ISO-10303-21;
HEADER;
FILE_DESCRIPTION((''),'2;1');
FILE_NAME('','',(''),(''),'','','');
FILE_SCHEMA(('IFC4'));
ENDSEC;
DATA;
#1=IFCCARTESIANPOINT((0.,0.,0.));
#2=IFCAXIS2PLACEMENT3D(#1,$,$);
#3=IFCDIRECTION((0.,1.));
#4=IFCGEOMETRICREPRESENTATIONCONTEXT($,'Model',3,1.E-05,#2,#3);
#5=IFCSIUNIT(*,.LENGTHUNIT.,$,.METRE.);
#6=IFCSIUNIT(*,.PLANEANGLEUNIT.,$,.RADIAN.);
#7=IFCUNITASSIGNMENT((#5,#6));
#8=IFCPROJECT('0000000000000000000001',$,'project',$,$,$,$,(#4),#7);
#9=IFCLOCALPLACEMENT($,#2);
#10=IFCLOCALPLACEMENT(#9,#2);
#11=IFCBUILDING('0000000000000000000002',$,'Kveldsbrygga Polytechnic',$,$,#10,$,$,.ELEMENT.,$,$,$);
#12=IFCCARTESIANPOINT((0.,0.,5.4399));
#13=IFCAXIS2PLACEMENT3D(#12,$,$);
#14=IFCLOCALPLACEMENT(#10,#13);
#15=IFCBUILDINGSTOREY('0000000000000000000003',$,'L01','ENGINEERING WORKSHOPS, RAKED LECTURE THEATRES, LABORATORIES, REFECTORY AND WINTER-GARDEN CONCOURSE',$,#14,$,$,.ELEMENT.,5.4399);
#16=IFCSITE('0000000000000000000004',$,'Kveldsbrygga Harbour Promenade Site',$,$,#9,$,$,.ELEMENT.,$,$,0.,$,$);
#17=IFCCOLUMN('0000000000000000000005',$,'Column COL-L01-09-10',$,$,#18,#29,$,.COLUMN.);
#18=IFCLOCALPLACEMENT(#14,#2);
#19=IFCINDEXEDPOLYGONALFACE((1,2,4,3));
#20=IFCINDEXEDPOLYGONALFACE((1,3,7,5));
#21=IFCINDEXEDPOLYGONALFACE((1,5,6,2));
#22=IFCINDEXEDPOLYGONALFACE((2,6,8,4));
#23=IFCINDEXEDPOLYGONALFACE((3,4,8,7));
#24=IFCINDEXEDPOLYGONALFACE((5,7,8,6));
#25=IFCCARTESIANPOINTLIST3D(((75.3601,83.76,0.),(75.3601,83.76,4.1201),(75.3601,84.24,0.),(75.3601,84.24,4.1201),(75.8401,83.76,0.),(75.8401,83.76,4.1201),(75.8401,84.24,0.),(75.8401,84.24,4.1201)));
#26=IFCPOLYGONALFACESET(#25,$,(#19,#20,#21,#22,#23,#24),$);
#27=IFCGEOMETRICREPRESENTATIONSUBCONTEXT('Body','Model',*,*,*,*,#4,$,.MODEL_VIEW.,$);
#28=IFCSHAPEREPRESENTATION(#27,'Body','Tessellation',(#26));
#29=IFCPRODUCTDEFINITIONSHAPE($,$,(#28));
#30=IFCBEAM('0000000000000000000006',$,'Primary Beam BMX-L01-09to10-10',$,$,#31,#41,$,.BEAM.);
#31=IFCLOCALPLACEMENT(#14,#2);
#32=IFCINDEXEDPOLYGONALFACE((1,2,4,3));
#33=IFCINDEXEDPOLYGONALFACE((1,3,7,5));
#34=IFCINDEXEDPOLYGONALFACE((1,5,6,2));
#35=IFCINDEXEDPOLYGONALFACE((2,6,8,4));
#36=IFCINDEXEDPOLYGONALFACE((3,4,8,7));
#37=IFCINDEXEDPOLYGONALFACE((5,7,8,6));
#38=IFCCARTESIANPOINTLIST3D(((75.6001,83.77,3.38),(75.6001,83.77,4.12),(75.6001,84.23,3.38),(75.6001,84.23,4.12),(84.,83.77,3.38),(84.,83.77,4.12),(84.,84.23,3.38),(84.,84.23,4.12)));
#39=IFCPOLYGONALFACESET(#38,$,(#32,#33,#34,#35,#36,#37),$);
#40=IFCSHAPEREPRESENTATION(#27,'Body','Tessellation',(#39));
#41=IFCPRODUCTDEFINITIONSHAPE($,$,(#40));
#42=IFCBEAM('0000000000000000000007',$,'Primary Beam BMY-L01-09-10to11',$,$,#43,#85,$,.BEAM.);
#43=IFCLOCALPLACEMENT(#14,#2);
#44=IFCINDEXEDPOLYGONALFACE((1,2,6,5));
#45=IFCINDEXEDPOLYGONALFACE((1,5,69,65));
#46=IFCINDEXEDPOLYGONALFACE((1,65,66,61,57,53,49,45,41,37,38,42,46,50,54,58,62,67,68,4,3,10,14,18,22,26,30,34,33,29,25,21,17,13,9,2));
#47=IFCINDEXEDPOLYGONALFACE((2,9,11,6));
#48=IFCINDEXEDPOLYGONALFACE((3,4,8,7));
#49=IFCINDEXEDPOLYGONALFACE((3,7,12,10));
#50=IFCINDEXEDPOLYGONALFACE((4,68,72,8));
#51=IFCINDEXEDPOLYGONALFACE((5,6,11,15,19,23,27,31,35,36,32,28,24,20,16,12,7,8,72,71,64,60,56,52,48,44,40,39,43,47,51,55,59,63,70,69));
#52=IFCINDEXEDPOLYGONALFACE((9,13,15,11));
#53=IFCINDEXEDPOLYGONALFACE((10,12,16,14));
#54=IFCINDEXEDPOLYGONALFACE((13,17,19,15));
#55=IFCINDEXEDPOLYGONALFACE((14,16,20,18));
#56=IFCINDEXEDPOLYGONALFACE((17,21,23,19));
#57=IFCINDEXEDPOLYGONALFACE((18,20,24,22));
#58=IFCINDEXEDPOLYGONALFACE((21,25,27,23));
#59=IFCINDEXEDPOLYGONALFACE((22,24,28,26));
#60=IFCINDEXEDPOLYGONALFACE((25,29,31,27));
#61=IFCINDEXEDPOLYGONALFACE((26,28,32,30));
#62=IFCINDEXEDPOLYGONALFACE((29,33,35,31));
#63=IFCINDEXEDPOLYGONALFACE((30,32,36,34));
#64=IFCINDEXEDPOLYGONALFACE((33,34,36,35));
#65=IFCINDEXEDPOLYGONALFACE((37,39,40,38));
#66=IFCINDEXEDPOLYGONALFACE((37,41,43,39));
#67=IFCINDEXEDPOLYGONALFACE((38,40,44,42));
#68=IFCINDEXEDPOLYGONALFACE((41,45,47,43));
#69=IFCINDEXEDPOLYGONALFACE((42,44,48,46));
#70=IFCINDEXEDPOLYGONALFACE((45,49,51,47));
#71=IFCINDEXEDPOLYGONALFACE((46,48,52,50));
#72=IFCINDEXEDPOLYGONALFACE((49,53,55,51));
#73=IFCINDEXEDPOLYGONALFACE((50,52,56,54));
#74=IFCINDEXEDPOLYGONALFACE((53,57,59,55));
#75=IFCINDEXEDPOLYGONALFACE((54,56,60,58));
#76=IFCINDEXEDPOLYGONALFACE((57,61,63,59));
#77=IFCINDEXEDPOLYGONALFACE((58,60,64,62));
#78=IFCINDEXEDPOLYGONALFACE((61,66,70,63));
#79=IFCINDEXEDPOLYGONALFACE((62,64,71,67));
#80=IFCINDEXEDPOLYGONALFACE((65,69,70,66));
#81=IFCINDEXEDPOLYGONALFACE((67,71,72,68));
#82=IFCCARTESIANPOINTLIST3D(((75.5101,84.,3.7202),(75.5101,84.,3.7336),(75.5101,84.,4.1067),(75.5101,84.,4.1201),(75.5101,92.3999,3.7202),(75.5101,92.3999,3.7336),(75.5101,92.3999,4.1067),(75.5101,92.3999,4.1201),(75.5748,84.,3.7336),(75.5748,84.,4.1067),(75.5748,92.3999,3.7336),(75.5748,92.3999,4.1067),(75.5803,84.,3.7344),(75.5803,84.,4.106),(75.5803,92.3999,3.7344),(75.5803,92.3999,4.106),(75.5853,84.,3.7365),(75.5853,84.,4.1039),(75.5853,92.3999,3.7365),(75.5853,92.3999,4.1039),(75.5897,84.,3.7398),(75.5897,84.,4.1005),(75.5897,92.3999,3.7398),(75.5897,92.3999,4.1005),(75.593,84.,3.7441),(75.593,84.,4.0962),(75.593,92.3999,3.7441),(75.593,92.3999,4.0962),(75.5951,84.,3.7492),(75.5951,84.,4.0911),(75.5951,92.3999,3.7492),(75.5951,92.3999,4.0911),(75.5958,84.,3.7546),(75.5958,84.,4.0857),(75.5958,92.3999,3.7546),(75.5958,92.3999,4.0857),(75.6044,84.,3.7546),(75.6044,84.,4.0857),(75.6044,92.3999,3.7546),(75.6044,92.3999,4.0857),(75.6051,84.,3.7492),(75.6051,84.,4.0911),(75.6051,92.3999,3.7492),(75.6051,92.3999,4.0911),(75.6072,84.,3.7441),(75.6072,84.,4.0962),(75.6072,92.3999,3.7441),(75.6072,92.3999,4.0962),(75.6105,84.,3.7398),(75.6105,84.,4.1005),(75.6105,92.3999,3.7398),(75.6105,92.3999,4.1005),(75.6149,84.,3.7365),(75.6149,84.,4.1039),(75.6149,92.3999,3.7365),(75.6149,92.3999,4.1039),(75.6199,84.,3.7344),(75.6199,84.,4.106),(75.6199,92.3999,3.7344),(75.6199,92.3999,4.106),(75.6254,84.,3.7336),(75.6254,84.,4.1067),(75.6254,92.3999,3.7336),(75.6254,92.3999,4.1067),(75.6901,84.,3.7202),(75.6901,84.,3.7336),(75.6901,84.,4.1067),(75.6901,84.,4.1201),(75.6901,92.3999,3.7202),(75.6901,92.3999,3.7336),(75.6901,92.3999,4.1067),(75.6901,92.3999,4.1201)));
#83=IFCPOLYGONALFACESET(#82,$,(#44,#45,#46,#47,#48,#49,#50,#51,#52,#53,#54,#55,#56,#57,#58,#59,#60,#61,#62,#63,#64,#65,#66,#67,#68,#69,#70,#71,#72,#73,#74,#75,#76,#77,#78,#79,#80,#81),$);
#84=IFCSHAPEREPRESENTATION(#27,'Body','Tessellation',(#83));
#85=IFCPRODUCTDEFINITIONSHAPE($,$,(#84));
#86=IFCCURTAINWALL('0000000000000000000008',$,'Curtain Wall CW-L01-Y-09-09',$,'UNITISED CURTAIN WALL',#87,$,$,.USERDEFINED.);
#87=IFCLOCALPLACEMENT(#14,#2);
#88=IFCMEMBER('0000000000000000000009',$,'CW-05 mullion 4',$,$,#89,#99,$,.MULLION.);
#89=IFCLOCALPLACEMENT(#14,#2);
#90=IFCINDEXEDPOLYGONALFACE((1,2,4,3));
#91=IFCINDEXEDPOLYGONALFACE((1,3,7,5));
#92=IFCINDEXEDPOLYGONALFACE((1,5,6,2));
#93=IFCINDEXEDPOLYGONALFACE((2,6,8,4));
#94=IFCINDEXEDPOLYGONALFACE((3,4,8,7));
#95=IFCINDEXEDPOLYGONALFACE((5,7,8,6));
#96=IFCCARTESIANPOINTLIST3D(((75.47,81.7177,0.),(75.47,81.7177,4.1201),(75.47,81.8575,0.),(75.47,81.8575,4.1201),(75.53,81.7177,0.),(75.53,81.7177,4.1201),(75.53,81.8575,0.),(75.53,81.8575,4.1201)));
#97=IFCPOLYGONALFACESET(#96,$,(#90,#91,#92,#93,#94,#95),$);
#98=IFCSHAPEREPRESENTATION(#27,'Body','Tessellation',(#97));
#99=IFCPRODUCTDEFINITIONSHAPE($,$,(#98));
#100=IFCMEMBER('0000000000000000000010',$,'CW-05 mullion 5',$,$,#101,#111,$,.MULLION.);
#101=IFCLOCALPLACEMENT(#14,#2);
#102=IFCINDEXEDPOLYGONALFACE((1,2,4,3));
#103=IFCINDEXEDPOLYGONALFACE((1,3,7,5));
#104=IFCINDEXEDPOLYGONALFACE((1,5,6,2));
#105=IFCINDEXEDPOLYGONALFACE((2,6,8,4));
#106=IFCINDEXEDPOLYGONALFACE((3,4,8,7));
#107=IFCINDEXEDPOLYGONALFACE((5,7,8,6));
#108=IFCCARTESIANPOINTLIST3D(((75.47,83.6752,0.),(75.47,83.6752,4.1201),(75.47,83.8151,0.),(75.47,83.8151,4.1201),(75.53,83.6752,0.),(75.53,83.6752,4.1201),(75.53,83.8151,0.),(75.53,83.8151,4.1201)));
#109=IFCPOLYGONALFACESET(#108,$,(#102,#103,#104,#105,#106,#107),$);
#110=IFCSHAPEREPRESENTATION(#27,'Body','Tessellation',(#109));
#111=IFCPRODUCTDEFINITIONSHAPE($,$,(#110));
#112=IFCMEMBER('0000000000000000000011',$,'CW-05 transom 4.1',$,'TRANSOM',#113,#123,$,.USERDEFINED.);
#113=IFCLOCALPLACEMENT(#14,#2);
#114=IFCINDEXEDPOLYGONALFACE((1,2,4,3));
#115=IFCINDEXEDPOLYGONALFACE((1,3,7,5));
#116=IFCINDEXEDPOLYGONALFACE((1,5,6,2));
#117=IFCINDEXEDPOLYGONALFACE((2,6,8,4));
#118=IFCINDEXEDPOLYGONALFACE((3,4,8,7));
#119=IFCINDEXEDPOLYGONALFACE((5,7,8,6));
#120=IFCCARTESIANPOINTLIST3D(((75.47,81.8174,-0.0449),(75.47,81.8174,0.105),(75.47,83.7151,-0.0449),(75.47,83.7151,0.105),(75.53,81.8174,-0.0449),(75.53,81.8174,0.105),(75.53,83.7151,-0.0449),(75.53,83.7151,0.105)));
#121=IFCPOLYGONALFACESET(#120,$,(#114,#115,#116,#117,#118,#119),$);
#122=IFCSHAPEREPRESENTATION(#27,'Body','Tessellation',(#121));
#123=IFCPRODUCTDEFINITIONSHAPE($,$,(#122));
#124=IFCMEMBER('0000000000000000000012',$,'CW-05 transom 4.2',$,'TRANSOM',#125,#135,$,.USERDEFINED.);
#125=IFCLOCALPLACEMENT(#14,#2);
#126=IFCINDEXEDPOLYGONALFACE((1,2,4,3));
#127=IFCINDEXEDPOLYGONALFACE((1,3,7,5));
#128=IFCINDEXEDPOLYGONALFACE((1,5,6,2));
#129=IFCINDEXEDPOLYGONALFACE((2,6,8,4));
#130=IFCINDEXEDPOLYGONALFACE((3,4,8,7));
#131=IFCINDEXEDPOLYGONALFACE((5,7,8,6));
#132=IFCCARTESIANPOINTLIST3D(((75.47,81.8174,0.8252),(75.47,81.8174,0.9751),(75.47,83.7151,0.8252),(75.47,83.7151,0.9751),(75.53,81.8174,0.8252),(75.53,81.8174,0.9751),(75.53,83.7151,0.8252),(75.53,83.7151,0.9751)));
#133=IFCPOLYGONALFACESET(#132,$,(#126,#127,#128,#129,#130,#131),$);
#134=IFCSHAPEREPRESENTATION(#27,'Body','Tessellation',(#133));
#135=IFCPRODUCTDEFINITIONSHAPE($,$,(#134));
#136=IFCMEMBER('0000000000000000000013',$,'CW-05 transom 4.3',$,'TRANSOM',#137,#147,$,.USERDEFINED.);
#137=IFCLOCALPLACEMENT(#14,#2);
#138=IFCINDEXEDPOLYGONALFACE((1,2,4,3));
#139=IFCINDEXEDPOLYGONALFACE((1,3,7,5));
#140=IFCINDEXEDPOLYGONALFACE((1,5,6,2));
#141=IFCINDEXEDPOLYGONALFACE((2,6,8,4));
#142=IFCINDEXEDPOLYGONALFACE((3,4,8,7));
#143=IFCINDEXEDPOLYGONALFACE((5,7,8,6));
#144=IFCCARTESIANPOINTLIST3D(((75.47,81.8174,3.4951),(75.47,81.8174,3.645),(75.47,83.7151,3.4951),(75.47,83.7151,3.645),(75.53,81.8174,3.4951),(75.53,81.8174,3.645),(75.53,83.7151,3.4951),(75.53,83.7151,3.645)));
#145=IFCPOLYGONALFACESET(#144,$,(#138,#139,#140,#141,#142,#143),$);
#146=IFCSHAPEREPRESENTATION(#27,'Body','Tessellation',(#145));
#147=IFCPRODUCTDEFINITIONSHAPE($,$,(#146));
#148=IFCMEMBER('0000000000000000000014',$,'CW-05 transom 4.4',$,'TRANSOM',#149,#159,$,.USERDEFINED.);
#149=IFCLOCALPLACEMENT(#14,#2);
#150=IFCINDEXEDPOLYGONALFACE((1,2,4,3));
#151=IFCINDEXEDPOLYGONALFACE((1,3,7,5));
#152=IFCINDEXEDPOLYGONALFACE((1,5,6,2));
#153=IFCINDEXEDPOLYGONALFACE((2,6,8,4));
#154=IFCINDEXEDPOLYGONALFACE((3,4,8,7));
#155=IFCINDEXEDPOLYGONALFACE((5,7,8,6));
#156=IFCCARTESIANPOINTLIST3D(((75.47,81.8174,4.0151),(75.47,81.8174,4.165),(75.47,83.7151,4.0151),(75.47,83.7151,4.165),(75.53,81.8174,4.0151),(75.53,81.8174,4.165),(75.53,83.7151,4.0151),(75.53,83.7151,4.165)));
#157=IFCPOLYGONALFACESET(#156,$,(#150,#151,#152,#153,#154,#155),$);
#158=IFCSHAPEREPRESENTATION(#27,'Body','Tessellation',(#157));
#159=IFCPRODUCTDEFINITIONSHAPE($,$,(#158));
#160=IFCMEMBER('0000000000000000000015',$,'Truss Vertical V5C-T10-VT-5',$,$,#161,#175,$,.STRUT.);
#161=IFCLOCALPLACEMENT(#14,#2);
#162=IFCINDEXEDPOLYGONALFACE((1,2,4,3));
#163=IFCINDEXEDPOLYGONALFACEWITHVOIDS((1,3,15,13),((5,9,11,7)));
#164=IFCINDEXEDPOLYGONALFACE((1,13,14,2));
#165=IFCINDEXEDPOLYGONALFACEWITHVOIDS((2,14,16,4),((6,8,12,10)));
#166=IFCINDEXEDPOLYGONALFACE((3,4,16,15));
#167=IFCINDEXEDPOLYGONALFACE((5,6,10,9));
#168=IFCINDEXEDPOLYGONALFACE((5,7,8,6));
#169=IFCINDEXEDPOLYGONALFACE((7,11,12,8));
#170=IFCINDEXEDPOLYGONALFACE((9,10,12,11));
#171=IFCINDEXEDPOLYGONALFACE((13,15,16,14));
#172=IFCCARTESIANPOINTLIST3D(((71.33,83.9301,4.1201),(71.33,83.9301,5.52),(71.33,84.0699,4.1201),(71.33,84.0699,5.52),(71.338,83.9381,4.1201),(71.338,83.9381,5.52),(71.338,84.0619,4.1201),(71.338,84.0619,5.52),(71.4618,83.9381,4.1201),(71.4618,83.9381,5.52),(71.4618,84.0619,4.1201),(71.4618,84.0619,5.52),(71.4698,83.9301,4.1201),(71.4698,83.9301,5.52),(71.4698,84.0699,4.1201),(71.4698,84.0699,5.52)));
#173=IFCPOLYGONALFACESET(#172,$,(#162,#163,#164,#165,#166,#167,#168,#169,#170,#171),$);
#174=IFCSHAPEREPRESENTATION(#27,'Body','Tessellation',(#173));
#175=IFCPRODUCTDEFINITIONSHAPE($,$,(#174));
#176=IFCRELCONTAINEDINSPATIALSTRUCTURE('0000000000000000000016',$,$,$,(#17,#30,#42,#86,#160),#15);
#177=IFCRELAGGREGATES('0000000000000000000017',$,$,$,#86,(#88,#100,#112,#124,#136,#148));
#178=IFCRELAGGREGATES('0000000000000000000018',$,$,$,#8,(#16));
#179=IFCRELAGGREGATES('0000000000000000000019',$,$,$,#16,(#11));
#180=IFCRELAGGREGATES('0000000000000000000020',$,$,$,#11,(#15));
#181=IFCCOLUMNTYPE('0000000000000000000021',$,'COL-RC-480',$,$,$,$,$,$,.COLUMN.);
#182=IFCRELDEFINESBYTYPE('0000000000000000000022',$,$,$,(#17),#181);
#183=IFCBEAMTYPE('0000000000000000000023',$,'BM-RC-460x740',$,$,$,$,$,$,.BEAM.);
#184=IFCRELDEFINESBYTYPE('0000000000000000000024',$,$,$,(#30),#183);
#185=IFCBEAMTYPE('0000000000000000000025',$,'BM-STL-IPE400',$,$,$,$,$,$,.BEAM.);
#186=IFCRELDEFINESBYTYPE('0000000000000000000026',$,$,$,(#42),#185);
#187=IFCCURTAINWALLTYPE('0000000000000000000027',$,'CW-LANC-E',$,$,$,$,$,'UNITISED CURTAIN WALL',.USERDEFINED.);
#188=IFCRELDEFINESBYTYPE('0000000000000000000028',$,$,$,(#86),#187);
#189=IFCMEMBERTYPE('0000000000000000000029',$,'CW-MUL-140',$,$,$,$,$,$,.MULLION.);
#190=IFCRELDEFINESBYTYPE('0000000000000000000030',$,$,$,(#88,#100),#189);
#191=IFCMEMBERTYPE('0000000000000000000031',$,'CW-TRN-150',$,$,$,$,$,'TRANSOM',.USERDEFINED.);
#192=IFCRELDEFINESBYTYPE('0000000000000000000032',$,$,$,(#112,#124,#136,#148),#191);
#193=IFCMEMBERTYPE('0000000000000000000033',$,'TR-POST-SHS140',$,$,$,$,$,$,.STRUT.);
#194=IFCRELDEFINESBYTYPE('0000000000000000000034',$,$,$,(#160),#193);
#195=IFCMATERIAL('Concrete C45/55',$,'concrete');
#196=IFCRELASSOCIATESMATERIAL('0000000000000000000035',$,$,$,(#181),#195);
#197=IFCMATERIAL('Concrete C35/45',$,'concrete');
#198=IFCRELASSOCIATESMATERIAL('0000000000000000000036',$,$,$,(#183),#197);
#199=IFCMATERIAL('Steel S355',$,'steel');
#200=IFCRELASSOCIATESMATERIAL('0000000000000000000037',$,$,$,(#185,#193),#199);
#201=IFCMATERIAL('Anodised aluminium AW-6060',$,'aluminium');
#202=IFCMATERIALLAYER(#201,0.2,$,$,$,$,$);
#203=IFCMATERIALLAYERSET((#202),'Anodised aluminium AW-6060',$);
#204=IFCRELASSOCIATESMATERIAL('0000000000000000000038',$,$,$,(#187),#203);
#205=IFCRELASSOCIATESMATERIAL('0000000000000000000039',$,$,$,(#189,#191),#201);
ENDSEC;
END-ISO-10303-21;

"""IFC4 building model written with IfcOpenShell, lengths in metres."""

from ifc_helpers import new_model, si_unit, direction, frame, origin, origin_2d, place, context, subcontext, project, spatial, rectangle, hollow_rectangle, i_section, extrude, material, layer, layer_set, material_profile, profile_set, type_object, element, aggregate, save


model = new_model("IFC4")

# Units and contexts
model_context = context("Model", 3, precision=1e-05, world=origin(), true_north=direction((0.0, 1.0)))
body_context = subcontext(model_context, "Body", "Model", "MODEL_VIEW")
ifc_project = project(units=[si_unit("LENGTHUNIT", "METRE"), si_unit("PLANEANGLEUNIT", "RADIAN")], contexts=[model_context])

# Site, building, storey
site_placement = place(None, origin())
site = spatial("IfcSite", under=ifc_project, at=site_placement, Name="Kveldsbrygga Harbour Promenade Site", CompositionType="ELEMENT", RefElevation=0.0)
building_placement = place(site_placement, origin())
building = spatial("IfcBuilding", under=site, at=building_placement, Name="Kveldsbrygga Polytechnic", CompositionType="ELEMENT")
storey_placement = place(building_placement, frame((0.0, 0.0, 5.4399)))
storey = spatial("IfcBuildingStorey", under=building, at=storey_placement, Name="L01", Description="ENGINEERING WORKSHOPS, RAKED LECTURE THEATRES, LABORATORIES, REFECTORY AND WINTER-GARDEN CONCOURSE", CompositionType="ELEMENT", Elevation=5.4399)

# Column
ifc_material_1 = material(Name="Concrete C45/55", Category="concrete")
ifc_material_profile_1 = material_profile(ifc_material_1, rectangle(XDim=0.48, YDim=0.48, at=origin_2d()), Name="RC 480x480")
ifc_profile_set_1 = profile_set([ifc_material_profile_1], Name="Concrete C45/55")
column_type = type_object("IfcColumnType", Name="COL-RC-480", PredefinedType="COLUMN", material=ifc_profile_set_1)
column_placement = place(storey_placement, frame((75.6001, 84.0, 0.0), z_axis=(0.0, 0.0, 1.0), x_axis=(1.0, 0.0, 0.0)))
element("IfcColumn", 1, at=column_placement, inside=storey, type_object=column_type, Name="Column COL-L01-09-10", PredefinedType="COLUMN", context=body_context, shape_type="SweptSolid", body=[
    extrude(rectangle(XDim=0.48, YDim=0.48, at=origin_2d()), origin(), (0.0, 0.0, 1.0), 4.1201),
])

# Beams
ifc_material_2 = material(Name="Concrete C35/45", Category="concrete")
ifc_material_profile_2 = material_profile(ifc_material_2, rectangle(XDim=0.46, YDim=0.74, at=origin_2d()), Name="RC 460x740")
ifc_profile_set_2 = profile_set([ifc_material_profile_2], Name="Concrete C35/45")
beam_type_1 = type_object("IfcBeamType", Name="BM-RC-460x740", PredefinedType="BEAM", material=ifc_profile_set_2)
beam_1_placement = place(storey_placement, frame((75.6001, 84.0, 3.75), z_axis=(1.0, 0.0, 0.0), x_axis=(0.0, 1.0, 0.0)))
element("IfcBeam", 2, at=beam_1_placement, inside=storey, type_object=beam_type_1, Name="Primary Beam BMX-L01-09to10-10", PredefinedType="BEAM", context=body_context, shape_type="SweptSolid", body=[
    extrude(rectangle(XDim=0.46, YDim=0.74, at=origin_2d()), origin(), (0.0, 0.0, 1.0), 8.3999),
])
ifc_material_3 = material(Name="Steel S355", Category="steel")
ifc_material_profile_3 = material_profile(ifc_material_3, i_section(OverallWidth=0.1799, OverallDepth=0.3999, WebThickness=0.0085, FlangeThickness=0.0134, FilletRadius=0.021, at=origin_2d()), Name="IPE 400")
ifc_profile_set_3 = profile_set([ifc_material_profile_3], Name="Steel S355")
beam_type_2 = type_object("IfcBeamType", Name="BM-STL-IPE400", PredefinedType="BEAM", material=ifc_profile_set_3)
beam_2_placement = place(storey_placement, frame((75.6001, 84.0, 3.9202), z_axis=(0.0, 1.0, 0.0), x_axis=(-1.0, 0.0, 0.0)))
element("IfcBeam", 3, at=beam_2_placement, inside=storey, type_object=beam_type_2, Name="Primary Beam BMY-L01-09-10to11", PredefinedType="BEAM", context=body_context, shape_type="SweptSolid", body=[
    extrude(i_section(OverallWidth=0.1799, OverallDepth=0.3999, WebThickness=0.0085, FlangeThickness=0.0134, FilletRadius=0.021, at=origin_2d()), origin(), (0.0, 0.0, 1.0), 8.3999),
])

# Curtain wall, members
ifc_material_4 = material(Name="Anodised aluminium AW-6060", Category="aluminium")
ifc_layer_1 = layer(ifc_material_4, 0.2)
ifc_layer_set_1 = layer_set([ifc_layer_1], Name="Anodised aluminium AW-6060")
curtain_wall_type = type_object("IfcCurtainWallType", Name="CW-LANC-E", ElementType="UNITISED CURTAIN WALL", PredefinedType="USERDEFINED", material=ifc_layer_set_1)
curtain_wall_placement = place(storey_placement, origin())
curtain_wall = element("IfcCurtainWall", 4, at=curtain_wall_placement, inside=storey, type_object=curtain_wall_type, Name="Curtain Wall CW-L01-Y-09-09", ObjectType="UNITISED CURTAIN WALL", PredefinedType="USERDEFINED")
ifc_material_profile_4 = material_profile(ifc_material_4, rectangle(XDim=0.0601, YDim=0.1399, at=origin_2d()), Name="ALU 60x140")
ifc_profile_set_4 = profile_set([ifc_material_profile_4], Name="Anodised aluminium AW-6060")
member_type_1 = type_object("IfcMemberType", Name="CW-MUL-140", PredefinedType="MULLION", material=ifc_profile_set_4)
member_1_placement = place(storey_placement, frame((75.5, 81.7876, 0.0), z_axis=(0.0, 0.0, 1.0), x_axis=(-1.0, 0.0, 0.0)))
member_1 = element("IfcMember", 5, at=member_1_placement, type_object=member_type_1, Name="CW-05 mullion 4", PredefinedType="MULLION", context=body_context, shape_type="SweptSolid", body=[
    extrude(rectangle(XDim=0.0601, YDim=0.1399, at=origin_2d()), origin(), (0.0, 0.0, 1.0), 4.1201),
])
member_2_placement = place(storey_placement, frame((75.5, 83.7451, 0.0), z_axis=(0.0, 0.0, 1.0), x_axis=(-1.0, 0.0, 0.0)))
member_2 = element("IfcMember", 6, at=member_2_placement, type_object=member_type_1, Name="CW-05 mullion 5", PredefinedType="MULLION", context=body_context, shape_type="SweptSolid", body=[
    extrude(rectangle(XDim=0.0601, YDim=0.1399, at=origin_2d()), origin(), (0.0, 0.0, 1.0), 4.1201),
])
ifc_material_profile_5 = material_profile(ifc_material_4, rectangle(XDim=0.0601, YDim=0.1499, at=origin_2d()), Name="ALU 60x150")
ifc_profile_set_5 = profile_set([ifc_material_profile_5], Name="Anodised aluminium AW-6060")
member_type_2 = type_object("IfcMemberType", Name="CW-TRN-150", ElementType="TRANSOM", PredefinedType="USERDEFINED", material=ifc_profile_set_5)
member_3_placement = place(storey_placement, frame((75.5, 81.8174, 0.03), z_axis=(0.0, 1.0, 0.0), x_axis=(-1.0, 0.0, 0.0)))
member_3 = element("IfcMember", 7, at=member_3_placement, type_object=member_type_2, Name="CW-05 transom 4.1", ObjectType="TRANSOM", PredefinedType="USERDEFINED", context=body_context, shape_type="SweptSolid", body=[
    extrude(rectangle(XDim=0.0601, YDim=0.1499, at=origin_2d()), origin(), (0.0, 0.0, 1.0), 1.8977),
])
member_4_placement = place(storey_placement, frame((75.5, 81.8174, 0.9001), z_axis=(0.0, 1.0, 0.0), x_axis=(-1.0, 0.0, 0.0)))
member_4 = element("IfcMember", 8, at=member_4_placement, type_object=member_type_2, Name="CW-05 transom 4.2", ObjectType="TRANSOM", PredefinedType="USERDEFINED", context=body_context, shape_type="SweptSolid", body=[
    extrude(rectangle(XDim=0.0601, YDim=0.1499, at=origin_2d()), origin(), (0.0, 0.0, 1.0), 1.8977),
])
member_5_placement = place(storey_placement, frame((75.5, 81.8174, 3.5701), z_axis=(0.0, 1.0, 0.0), x_axis=(-1.0, 0.0, 0.0)))
member_5 = element("IfcMember", 9, at=member_5_placement, type_object=member_type_2, Name="CW-05 transom 4.3", ObjectType="TRANSOM", PredefinedType="USERDEFINED", context=body_context, shape_type="SweptSolid", body=[
    extrude(rectangle(XDim=0.0601, YDim=0.1499, at=origin_2d()), origin(), (0.0, 0.0, 1.0), 1.8977),
])
member_6_placement = place(storey_placement, frame((75.5, 81.8174, 4.0901), z_axis=(0.0, 1.0, 0.0), x_axis=(-1.0, 0.0, 0.0)))
member_6 = element("IfcMember", 10, at=member_6_placement, type_object=member_type_2, Name="CW-05 transom 4.4", ObjectType="TRANSOM", PredefinedType="USERDEFINED", context=body_context, shape_type="SweptSolid", body=[
    extrude(rectangle(XDim=0.0601, YDim=0.1499, at=origin_2d()), origin(), (0.0, 0.0, 1.0), 1.8977),
])

# Member
ifc_material_profile_6 = material_profile(ifc_material_3, hollow_rectangle(XDim=0.1399, YDim=0.1399, WallThickness=0.0081, at=origin_2d()), Name="SHS 140x140x8.0")
ifc_profile_set_6 = profile_set([ifc_material_profile_6], Name="Steel S355")
member_type_3 = type_object("IfcMemberType", Name="TR-POST-SHS140", PredefinedType="STRUT", material=ifc_profile_set_6)
member_7_placement = place(storey_placement, frame((71.3999, 84.0, 4.1201), z_axis=(0.0, 0.0, 1.0), x_axis=(1.0, 0.0, 0.0)))
element("IfcMember", 11, at=member_7_placement, inside=storey, type_object=member_type_3, Name="Truss Vertical V5C-T10-VT-5", PredefinedType="STRUT", context=body_context, shape_type="SweptSolid", body=[
    extrude(hollow_rectangle(XDim=0.1399, YDim=0.1399, WallThickness=0.0081, at=origin_2d()), origin(), (0.0, 0.0, 1.0), 1.3999),
])

aggregate(curtain_wall, [member_1, member_2, member_3, member_4, member_5, member_6])

save(model, "model.ifc")
